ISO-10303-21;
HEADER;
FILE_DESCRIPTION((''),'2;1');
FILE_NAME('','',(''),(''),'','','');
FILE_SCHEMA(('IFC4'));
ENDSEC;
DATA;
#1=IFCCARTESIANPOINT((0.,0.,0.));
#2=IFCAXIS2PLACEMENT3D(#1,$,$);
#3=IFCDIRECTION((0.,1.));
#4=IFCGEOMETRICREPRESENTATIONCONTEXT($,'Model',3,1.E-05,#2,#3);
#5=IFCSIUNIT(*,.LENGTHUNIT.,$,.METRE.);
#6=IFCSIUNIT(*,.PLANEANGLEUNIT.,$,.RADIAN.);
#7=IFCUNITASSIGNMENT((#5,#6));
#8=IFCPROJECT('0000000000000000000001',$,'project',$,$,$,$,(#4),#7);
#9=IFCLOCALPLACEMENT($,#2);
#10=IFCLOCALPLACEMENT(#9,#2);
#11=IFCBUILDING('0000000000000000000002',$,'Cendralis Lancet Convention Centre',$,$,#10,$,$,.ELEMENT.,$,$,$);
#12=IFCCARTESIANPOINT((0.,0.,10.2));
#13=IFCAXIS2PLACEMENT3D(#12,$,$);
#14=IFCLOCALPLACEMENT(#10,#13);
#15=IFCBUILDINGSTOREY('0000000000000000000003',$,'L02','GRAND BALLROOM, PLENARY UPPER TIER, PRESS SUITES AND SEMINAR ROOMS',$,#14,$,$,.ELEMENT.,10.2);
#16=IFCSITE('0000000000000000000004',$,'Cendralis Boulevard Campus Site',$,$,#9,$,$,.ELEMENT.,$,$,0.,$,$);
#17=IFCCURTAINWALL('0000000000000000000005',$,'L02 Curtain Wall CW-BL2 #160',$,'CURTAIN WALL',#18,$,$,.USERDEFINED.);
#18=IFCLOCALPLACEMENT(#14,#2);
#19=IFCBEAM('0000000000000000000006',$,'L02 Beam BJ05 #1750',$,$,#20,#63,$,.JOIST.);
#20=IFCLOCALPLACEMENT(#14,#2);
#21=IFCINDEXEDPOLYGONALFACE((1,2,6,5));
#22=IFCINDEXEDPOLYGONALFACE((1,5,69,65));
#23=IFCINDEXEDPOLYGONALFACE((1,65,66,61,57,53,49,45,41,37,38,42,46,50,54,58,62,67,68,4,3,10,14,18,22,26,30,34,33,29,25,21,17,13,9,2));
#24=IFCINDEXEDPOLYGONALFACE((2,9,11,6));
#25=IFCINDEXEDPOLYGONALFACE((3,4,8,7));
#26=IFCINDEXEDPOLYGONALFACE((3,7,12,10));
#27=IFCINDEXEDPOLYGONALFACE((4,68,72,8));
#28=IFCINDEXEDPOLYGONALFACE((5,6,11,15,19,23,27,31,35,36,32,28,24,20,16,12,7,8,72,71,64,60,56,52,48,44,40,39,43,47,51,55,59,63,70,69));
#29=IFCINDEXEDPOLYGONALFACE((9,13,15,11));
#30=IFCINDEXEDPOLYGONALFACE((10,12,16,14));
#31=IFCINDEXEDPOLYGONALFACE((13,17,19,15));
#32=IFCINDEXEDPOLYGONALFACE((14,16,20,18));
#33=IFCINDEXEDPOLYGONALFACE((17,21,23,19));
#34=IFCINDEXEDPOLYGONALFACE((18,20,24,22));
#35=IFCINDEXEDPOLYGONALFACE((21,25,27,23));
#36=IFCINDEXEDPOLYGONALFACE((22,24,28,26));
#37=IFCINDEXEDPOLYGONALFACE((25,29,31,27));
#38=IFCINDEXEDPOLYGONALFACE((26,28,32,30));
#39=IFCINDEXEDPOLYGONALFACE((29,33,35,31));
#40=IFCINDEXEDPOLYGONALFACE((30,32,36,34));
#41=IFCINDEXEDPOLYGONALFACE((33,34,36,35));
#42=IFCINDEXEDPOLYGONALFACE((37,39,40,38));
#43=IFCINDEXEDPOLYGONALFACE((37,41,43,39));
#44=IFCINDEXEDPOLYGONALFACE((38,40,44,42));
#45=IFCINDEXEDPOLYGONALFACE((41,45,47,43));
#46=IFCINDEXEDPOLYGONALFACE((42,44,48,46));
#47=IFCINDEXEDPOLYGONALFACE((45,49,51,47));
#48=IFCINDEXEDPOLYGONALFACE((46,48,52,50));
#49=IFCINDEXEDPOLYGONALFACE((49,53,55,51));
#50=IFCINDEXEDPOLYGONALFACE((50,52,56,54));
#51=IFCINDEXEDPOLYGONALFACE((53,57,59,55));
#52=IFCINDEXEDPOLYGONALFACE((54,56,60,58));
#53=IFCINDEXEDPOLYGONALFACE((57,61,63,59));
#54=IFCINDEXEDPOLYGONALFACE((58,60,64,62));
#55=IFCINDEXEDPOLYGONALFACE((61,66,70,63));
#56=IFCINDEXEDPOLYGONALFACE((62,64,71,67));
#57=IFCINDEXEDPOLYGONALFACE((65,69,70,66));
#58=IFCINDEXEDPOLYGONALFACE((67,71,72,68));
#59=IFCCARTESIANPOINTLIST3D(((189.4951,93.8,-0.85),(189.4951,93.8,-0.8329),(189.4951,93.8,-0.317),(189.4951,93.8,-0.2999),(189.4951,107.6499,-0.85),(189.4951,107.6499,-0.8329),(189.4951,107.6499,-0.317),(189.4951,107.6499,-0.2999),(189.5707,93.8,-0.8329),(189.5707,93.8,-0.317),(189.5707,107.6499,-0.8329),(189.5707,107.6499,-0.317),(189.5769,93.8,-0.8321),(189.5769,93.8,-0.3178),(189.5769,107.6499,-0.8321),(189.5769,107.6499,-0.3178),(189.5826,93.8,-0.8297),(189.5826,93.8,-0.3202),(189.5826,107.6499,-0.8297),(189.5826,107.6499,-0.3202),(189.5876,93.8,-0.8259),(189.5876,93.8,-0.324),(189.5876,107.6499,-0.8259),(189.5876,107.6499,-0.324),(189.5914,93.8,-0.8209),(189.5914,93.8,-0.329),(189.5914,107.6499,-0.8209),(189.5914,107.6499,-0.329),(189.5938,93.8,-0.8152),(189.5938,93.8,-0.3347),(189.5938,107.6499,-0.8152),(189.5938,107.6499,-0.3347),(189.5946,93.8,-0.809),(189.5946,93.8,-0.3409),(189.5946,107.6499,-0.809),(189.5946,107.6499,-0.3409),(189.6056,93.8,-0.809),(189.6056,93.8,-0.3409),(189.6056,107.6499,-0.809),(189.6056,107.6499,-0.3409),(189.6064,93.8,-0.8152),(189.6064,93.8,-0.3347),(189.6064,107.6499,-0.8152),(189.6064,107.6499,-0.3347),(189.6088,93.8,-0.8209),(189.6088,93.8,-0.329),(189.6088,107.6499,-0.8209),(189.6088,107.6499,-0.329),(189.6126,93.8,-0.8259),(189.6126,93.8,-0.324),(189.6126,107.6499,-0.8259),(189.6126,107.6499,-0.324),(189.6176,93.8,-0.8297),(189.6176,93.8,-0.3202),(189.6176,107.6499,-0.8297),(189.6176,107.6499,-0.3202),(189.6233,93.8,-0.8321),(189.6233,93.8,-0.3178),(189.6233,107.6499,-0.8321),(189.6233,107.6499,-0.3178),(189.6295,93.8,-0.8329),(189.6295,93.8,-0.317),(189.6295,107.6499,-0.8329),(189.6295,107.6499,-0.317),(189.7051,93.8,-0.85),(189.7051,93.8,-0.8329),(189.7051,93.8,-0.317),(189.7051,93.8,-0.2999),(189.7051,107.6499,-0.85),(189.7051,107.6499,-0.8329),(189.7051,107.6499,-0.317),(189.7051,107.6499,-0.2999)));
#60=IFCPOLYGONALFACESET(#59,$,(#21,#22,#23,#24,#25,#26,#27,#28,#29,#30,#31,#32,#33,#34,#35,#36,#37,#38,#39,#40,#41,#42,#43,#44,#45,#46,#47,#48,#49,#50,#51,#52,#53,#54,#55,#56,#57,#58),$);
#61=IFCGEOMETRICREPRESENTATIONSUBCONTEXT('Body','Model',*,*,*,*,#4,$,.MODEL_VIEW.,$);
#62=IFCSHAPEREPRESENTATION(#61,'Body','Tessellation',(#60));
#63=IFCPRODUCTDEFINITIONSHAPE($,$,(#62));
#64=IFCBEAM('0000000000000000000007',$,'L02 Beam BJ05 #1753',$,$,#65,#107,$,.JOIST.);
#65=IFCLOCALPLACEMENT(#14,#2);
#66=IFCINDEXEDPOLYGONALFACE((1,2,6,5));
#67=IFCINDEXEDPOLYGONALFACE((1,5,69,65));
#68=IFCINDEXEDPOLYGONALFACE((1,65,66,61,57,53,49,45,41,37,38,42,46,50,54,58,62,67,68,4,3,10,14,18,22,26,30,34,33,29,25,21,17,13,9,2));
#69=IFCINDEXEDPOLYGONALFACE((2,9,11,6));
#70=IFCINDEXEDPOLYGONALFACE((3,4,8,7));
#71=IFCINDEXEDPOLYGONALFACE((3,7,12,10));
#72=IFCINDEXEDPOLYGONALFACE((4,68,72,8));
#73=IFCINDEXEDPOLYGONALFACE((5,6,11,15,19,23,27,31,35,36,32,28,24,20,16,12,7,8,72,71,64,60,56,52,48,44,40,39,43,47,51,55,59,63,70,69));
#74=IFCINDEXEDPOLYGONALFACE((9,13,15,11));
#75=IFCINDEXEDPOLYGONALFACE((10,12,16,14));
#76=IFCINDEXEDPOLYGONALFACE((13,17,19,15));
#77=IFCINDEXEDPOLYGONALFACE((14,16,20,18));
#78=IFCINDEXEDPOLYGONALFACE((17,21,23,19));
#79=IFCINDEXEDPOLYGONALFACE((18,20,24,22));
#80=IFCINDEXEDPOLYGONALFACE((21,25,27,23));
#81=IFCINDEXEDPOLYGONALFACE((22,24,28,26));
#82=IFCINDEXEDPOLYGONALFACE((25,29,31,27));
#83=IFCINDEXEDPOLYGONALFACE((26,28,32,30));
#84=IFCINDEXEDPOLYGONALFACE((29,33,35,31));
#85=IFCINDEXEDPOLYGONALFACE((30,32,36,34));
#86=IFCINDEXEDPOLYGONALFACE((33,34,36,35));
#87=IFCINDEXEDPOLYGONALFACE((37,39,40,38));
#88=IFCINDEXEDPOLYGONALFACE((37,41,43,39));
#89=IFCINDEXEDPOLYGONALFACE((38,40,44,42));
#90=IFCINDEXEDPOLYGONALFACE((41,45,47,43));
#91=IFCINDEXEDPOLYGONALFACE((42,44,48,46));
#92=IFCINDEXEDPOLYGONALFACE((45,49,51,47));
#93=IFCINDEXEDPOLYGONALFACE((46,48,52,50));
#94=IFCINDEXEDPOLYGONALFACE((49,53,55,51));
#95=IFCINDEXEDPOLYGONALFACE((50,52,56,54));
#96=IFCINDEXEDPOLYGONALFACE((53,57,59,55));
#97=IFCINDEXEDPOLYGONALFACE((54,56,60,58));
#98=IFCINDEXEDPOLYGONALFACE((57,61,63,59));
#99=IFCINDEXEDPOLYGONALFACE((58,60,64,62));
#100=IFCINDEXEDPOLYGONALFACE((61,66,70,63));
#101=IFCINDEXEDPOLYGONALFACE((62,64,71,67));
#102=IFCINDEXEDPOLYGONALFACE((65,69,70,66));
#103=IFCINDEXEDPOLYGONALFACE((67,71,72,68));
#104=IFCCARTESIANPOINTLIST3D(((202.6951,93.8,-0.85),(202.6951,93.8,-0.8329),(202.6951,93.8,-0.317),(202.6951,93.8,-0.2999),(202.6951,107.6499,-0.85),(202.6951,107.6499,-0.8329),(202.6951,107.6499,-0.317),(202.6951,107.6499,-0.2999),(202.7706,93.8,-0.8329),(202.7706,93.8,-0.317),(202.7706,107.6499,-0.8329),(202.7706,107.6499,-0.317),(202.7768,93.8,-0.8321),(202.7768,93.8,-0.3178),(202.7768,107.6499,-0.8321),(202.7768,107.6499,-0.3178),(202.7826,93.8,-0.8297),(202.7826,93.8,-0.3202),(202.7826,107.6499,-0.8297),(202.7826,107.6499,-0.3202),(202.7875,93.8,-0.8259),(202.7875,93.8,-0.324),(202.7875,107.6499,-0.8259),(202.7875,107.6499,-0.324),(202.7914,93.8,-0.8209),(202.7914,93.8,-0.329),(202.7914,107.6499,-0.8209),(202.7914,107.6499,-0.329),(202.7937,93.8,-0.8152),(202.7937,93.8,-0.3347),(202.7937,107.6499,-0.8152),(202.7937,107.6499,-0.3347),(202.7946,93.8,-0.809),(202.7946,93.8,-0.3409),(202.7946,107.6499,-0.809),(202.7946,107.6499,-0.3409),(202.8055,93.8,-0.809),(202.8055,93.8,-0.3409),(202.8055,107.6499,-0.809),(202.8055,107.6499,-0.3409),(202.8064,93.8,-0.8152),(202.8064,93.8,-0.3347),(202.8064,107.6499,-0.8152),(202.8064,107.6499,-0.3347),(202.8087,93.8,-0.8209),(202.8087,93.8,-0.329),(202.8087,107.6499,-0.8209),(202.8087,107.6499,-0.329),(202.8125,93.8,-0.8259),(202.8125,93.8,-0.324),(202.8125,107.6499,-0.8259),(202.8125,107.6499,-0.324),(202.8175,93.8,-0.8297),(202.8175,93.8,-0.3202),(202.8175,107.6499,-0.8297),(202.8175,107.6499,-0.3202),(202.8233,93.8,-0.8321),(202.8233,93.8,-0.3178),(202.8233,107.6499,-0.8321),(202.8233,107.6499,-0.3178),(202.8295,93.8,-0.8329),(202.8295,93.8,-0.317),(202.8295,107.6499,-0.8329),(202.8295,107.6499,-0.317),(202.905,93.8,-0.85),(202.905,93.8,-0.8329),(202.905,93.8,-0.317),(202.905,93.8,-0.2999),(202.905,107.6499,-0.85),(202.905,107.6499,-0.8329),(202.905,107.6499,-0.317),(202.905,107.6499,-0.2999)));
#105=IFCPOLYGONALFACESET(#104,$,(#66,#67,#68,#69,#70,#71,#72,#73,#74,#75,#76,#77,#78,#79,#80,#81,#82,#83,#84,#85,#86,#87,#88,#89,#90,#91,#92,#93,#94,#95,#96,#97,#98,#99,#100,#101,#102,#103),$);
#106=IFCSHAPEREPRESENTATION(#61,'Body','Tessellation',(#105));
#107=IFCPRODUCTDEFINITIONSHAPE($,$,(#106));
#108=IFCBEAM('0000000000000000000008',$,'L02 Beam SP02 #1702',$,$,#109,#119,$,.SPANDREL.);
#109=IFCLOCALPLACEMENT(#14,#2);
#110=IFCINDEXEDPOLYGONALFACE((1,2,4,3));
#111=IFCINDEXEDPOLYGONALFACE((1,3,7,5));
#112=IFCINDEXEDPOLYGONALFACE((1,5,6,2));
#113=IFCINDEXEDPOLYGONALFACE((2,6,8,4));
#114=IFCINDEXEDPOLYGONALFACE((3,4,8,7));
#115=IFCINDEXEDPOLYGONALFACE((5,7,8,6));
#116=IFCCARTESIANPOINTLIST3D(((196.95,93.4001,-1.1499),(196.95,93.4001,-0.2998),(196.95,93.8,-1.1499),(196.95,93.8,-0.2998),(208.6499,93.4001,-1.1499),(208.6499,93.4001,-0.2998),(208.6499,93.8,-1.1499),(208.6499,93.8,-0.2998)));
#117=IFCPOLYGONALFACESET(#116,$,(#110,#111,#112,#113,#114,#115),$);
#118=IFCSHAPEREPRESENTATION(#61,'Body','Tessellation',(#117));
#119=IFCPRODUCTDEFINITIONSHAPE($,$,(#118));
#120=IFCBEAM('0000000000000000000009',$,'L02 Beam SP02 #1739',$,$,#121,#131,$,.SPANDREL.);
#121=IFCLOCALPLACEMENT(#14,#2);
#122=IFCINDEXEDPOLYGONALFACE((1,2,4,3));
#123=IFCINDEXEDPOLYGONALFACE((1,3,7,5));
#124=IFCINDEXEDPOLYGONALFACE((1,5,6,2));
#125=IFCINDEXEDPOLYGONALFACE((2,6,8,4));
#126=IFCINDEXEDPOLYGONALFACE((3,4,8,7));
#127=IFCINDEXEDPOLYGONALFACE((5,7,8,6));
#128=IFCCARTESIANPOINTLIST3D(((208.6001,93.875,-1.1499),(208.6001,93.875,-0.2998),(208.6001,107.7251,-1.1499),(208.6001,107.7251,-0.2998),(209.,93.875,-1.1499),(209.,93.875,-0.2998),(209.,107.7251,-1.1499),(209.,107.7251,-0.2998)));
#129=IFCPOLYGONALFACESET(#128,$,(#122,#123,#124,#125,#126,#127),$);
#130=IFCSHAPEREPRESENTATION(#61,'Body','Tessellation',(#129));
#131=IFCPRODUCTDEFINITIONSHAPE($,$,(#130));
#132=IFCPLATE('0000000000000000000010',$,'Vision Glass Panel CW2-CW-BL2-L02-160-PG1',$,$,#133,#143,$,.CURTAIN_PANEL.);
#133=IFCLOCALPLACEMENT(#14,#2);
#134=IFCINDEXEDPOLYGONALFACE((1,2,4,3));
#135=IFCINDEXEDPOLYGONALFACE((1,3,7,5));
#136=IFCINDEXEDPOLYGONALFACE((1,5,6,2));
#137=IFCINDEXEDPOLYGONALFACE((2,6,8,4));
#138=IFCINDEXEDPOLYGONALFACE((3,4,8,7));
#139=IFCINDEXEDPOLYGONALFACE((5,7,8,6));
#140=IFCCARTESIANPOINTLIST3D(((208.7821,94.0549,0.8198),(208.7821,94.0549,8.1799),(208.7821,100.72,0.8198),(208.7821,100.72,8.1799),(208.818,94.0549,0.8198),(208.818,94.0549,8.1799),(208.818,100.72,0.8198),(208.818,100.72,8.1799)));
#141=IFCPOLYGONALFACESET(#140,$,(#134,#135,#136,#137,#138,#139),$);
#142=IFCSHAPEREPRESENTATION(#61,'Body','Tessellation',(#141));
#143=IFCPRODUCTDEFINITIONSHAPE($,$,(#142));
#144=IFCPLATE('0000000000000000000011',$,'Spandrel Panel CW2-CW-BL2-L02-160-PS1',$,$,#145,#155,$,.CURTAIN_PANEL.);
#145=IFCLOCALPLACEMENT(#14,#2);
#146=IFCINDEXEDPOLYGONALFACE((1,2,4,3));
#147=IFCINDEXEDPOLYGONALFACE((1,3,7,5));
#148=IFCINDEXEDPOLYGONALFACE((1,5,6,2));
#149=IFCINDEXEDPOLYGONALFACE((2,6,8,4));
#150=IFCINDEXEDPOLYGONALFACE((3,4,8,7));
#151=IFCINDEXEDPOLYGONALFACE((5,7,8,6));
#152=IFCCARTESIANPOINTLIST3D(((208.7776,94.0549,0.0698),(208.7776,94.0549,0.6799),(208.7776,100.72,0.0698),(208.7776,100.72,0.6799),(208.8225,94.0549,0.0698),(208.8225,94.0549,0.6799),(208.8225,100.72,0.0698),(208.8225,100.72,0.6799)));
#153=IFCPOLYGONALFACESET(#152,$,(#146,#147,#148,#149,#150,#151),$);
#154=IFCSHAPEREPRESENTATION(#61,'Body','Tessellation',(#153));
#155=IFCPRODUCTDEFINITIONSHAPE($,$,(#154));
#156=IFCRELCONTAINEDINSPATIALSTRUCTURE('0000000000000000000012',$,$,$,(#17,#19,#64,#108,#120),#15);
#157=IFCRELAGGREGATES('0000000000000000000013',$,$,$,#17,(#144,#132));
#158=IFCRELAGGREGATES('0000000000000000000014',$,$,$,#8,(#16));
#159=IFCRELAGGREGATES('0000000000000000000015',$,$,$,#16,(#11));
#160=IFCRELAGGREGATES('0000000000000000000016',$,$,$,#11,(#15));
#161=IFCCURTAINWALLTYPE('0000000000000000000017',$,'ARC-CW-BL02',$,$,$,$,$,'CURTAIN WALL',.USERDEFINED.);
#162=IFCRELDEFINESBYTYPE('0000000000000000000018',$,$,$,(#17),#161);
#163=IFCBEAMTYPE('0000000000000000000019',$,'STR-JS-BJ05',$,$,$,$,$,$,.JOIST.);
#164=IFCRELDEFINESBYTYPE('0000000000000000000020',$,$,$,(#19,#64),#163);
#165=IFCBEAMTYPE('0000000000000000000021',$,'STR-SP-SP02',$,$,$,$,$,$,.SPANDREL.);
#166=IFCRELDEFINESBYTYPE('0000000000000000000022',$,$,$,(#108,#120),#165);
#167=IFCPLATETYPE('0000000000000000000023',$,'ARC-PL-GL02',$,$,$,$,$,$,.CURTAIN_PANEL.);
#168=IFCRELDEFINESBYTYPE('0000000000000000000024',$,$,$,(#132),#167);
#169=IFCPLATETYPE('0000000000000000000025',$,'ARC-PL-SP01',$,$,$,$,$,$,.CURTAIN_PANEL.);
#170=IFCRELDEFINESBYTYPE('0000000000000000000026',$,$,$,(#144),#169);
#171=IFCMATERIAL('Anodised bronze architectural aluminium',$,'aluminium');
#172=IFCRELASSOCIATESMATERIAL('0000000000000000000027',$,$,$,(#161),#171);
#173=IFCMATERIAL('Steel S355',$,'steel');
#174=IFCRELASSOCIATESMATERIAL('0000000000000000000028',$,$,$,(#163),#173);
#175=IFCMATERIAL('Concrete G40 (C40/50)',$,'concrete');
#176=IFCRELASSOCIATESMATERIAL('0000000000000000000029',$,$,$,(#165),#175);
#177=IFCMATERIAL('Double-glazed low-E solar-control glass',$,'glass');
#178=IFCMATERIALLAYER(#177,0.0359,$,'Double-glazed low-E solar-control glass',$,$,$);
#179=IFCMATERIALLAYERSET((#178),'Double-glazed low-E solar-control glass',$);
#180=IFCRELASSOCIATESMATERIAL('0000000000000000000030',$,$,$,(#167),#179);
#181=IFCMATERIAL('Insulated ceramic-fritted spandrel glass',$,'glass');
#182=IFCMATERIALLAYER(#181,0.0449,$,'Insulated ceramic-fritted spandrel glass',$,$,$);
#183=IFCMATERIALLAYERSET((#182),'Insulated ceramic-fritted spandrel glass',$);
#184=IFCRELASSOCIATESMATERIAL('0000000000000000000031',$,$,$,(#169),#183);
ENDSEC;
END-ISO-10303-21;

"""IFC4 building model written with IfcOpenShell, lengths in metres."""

from ifc_helpers import new_model, si_unit, direction, frame, origin, origin_2d, place, context, subcontext, project, spatial, rectangle, i_section, extrude, material, layer, layer_set, material_profile, profile_set, type_object, element, aggregate, save


model = new_model("IFC4")

# Units and contexts
model_context = context("Model", 3, precision=1e-05, world=origin(), true_north=direction((0.0, 1.0)))
body_context = subcontext(model_context, "Body", "Model", "MODEL_VIEW")
ifc_project = project(units=[si_unit("LENGTHUNIT", "METRE"), si_unit("PLANEANGLEUNIT", "RADIAN")], contexts=[model_context])

# Site, building, storey
site_placement = place(None, origin())
site = spatial("IfcSite", under=ifc_project, at=site_placement, Name="Cendralis Boulevard Campus Site", CompositionType="ELEMENT", RefElevation=0.0)
building_placement = place(site_placement, origin())
building = spatial("IfcBuilding", under=site, at=building_placement, Name="Cendralis Lancet Convention Centre", CompositionType="ELEMENT")
storey_placement = place(building_placement, frame((0.0, 0.0, 10.2)))
storey = spatial("IfcBuildingStorey", under=building, at=storey_placement, Name="L02", Description="GRAND BALLROOM, PLENARY UPPER TIER, PRESS SUITES AND SEMINAR ROOMS", CompositionType="ELEMENT", Elevation=10.2)

# Shared definitions
ifc_material_1 = material(Name="Steel S355", Category="steel")
ifc_material_2 = material(Name="Concrete G40 (C40/50)", Category="concrete")

# Curtain wall
ifc_material_3 = material(Name="Anodised bronze architectural aluminium", Category="aluminium")
curtain_wall_type = type_object("IfcCurtainWallType", Name="ARC-CW-BL02", ElementType="CURTAIN WALL", PredefinedType="USERDEFINED", material=ifc_material_3)
curtain_wall_placement = place(storey_placement, origin())
curtain_wall = element("IfcCurtainWall", 1, at=curtain_wall_placement, inside=storey, type_object=curtain_wall_type, Name="L02 Curtain Wall CW-BL2 #160", ObjectType="CURTAIN WALL", PredefinedType="USERDEFINED")

# Beams
ifc_material_profile_1 = material_profile(ifc_material_1, i_section(OverallWidth=0.21, OverallDepth=0.55, WebThickness=0.011, FlangeThickness=0.0171, FilletRadius=0.0239, at=origin_2d()), Name="IPE 550")
ifc_profile_set_1 = profile_set([ifc_material_profile_1], Name="Steel S355")
beam_type_1 = type_object("IfcBeamType", Name="STR-JS-BJ05", PredefinedType="JOIST", material=ifc_profile_set_1)
for number, where, z_axis, x_axis, name in (
    (2, (189.6001, 93.8, -0.575), (0.0, 1.0, 0.0), (-1.0, 0.0, 0.0), "L02 Beam BJ05 #1750"),
    (3, (202.8, 93.8, -0.575), (0.0, 1.0, 0.0), (-1.0, 0.0, 0.0), "L02 Beam BJ05 #1753"),
):
    element("IfcBeam", number, at=place(storey_placement, frame(where, z_axis=z_axis, x_axis=x_axis)), inside=storey, type_object=beam_type_1, Name=name, PredefinedType="JOIST", context=body_context, shape_type="SweptSolid", body=[
        extrude(i_section(OverallWidth=0.21, OverallDepth=0.55, WebThickness=0.011, FlangeThickness=0.0171, FilletRadius=0.0239, at=origin_2d()), origin(), (0.0, 0.0, 1.0), 13.8499),
    ])
ifc_material_profile_2 = material_profile(ifc_material_2, rectangle(XDim=0.3999, YDim=0.8501, at=origin_2d()), Name="RCB 400x850")
ifc_profile_set_2 = profile_set([ifc_material_profile_2], Name="Concrete G40 (C40/50)")
beam_type_2 = type_object("IfcBeamType", Name="STR-SP-SP02", PredefinedType="SPANDREL", material=ifc_profile_set_2)
beam_1_placement = place(storey_placement, frame((196.95, 93.6001, -0.7249), z_axis=(1.0, 0.0, 0.0), x_axis=(0.0, 1.0, 0.0)))
element("IfcBeam", 4, at=beam_1_placement, inside=storey, type_object=beam_type_2, Name="L02 Beam SP02 #1702", PredefinedType="SPANDREL", context=body_context, shape_type="SweptSolid", body=[
    extrude(rectangle(XDim=0.3999, YDim=0.8501, at=origin_2d()), origin(), (0.0, 0.0, 1.0), 11.7),
])
beam_2_placement = place(storey_placement, frame((208.8, 93.875, -0.7249), z_axis=(0.0, 1.0, 0.0), x_axis=(-1.0, 0.0, 0.0)))
element("IfcBeam", 5, at=beam_2_placement, inside=storey, type_object=beam_type_2, Name="L02 Beam SP02 #1739", PredefinedType="SPANDREL", context=body_context, shape_type="SweptSolid", body=[
    extrude(rectangle(XDim=0.3999, YDim=0.8501, at=origin_2d()), origin(), (0.0, 0.0, 1.0), 13.8501),
])

# Plates
ifc_material_4 = material(Name="Double-glazed low-E solar-control glass", Category="glass")
ifc_layer_1 = layer(ifc_material_4, 0.0359, Name="Double-glazed low-E solar-control glass")
ifc_layer_set_1 = layer_set([ifc_layer_1], Name="Double-glazed low-E solar-control glass")
plate_type_1 = type_object("IfcPlateType", Name="ARC-PL-GL02", PredefinedType="CURTAIN_PANEL", material=ifc_layer_set_1)
plate_1_placement = place(storey_placement, frame((208.8, 97.3875, 0.8198), z_axis=(0.0, 0.0, 1.0), x_axis=(0.0, -1.0, 0.0)))
plate_1 = element("IfcPlate", 6, at=plate_1_placement, type_object=plate_type_1, Name="Vision Glass Panel CW2-CW-BL2-L02-160-PG1", PredefinedType="CURTAIN_PANEL", context=body_context, shape_type="SweptSolid", body=[
    extrude(rectangle(XDim=6.665, YDim=0.0359, at=origin_2d()), origin(), (0.0, 0.0, 1.0), 7.3601),
])
ifc_material_5 = material(Name="Insulated ceramic-fritted spandrel glass", Category="glass")
ifc_layer_2 = layer(ifc_material_5, 0.0449, Name="Insulated ceramic-fritted spandrel glass")
ifc_layer_set_2 = layer_set([ifc_layer_2], Name="Insulated ceramic-fritted spandrel glass")
plate_type_2 = type_object("IfcPlateType", Name="ARC-PL-SP01", PredefinedType="CURTAIN_PANEL", material=ifc_layer_set_2)
plate_2_placement = place(storey_placement, frame((208.8, 97.3875, 0.0698), z_axis=(0.0, 0.0, 1.0), x_axis=(0.0, -1.0, 0.0)))
plate_2 = element("IfcPlate", 7, at=plate_2_placement, type_object=plate_type_2, Name="Spandrel Panel CW2-CW-BL2-L02-160-PS1", PredefinedType="CURTAIN_PANEL", context=body_context, shape_type="SweptSolid", body=[
    extrude(rectangle(XDim=6.665, YDim=0.0449, at=origin_2d()), origin(), (0.0, 0.0, 1.0), 0.6101),
])
aggregate(curtain_wall, [plate_2, plate_1])

save(model, "model.ifc")
